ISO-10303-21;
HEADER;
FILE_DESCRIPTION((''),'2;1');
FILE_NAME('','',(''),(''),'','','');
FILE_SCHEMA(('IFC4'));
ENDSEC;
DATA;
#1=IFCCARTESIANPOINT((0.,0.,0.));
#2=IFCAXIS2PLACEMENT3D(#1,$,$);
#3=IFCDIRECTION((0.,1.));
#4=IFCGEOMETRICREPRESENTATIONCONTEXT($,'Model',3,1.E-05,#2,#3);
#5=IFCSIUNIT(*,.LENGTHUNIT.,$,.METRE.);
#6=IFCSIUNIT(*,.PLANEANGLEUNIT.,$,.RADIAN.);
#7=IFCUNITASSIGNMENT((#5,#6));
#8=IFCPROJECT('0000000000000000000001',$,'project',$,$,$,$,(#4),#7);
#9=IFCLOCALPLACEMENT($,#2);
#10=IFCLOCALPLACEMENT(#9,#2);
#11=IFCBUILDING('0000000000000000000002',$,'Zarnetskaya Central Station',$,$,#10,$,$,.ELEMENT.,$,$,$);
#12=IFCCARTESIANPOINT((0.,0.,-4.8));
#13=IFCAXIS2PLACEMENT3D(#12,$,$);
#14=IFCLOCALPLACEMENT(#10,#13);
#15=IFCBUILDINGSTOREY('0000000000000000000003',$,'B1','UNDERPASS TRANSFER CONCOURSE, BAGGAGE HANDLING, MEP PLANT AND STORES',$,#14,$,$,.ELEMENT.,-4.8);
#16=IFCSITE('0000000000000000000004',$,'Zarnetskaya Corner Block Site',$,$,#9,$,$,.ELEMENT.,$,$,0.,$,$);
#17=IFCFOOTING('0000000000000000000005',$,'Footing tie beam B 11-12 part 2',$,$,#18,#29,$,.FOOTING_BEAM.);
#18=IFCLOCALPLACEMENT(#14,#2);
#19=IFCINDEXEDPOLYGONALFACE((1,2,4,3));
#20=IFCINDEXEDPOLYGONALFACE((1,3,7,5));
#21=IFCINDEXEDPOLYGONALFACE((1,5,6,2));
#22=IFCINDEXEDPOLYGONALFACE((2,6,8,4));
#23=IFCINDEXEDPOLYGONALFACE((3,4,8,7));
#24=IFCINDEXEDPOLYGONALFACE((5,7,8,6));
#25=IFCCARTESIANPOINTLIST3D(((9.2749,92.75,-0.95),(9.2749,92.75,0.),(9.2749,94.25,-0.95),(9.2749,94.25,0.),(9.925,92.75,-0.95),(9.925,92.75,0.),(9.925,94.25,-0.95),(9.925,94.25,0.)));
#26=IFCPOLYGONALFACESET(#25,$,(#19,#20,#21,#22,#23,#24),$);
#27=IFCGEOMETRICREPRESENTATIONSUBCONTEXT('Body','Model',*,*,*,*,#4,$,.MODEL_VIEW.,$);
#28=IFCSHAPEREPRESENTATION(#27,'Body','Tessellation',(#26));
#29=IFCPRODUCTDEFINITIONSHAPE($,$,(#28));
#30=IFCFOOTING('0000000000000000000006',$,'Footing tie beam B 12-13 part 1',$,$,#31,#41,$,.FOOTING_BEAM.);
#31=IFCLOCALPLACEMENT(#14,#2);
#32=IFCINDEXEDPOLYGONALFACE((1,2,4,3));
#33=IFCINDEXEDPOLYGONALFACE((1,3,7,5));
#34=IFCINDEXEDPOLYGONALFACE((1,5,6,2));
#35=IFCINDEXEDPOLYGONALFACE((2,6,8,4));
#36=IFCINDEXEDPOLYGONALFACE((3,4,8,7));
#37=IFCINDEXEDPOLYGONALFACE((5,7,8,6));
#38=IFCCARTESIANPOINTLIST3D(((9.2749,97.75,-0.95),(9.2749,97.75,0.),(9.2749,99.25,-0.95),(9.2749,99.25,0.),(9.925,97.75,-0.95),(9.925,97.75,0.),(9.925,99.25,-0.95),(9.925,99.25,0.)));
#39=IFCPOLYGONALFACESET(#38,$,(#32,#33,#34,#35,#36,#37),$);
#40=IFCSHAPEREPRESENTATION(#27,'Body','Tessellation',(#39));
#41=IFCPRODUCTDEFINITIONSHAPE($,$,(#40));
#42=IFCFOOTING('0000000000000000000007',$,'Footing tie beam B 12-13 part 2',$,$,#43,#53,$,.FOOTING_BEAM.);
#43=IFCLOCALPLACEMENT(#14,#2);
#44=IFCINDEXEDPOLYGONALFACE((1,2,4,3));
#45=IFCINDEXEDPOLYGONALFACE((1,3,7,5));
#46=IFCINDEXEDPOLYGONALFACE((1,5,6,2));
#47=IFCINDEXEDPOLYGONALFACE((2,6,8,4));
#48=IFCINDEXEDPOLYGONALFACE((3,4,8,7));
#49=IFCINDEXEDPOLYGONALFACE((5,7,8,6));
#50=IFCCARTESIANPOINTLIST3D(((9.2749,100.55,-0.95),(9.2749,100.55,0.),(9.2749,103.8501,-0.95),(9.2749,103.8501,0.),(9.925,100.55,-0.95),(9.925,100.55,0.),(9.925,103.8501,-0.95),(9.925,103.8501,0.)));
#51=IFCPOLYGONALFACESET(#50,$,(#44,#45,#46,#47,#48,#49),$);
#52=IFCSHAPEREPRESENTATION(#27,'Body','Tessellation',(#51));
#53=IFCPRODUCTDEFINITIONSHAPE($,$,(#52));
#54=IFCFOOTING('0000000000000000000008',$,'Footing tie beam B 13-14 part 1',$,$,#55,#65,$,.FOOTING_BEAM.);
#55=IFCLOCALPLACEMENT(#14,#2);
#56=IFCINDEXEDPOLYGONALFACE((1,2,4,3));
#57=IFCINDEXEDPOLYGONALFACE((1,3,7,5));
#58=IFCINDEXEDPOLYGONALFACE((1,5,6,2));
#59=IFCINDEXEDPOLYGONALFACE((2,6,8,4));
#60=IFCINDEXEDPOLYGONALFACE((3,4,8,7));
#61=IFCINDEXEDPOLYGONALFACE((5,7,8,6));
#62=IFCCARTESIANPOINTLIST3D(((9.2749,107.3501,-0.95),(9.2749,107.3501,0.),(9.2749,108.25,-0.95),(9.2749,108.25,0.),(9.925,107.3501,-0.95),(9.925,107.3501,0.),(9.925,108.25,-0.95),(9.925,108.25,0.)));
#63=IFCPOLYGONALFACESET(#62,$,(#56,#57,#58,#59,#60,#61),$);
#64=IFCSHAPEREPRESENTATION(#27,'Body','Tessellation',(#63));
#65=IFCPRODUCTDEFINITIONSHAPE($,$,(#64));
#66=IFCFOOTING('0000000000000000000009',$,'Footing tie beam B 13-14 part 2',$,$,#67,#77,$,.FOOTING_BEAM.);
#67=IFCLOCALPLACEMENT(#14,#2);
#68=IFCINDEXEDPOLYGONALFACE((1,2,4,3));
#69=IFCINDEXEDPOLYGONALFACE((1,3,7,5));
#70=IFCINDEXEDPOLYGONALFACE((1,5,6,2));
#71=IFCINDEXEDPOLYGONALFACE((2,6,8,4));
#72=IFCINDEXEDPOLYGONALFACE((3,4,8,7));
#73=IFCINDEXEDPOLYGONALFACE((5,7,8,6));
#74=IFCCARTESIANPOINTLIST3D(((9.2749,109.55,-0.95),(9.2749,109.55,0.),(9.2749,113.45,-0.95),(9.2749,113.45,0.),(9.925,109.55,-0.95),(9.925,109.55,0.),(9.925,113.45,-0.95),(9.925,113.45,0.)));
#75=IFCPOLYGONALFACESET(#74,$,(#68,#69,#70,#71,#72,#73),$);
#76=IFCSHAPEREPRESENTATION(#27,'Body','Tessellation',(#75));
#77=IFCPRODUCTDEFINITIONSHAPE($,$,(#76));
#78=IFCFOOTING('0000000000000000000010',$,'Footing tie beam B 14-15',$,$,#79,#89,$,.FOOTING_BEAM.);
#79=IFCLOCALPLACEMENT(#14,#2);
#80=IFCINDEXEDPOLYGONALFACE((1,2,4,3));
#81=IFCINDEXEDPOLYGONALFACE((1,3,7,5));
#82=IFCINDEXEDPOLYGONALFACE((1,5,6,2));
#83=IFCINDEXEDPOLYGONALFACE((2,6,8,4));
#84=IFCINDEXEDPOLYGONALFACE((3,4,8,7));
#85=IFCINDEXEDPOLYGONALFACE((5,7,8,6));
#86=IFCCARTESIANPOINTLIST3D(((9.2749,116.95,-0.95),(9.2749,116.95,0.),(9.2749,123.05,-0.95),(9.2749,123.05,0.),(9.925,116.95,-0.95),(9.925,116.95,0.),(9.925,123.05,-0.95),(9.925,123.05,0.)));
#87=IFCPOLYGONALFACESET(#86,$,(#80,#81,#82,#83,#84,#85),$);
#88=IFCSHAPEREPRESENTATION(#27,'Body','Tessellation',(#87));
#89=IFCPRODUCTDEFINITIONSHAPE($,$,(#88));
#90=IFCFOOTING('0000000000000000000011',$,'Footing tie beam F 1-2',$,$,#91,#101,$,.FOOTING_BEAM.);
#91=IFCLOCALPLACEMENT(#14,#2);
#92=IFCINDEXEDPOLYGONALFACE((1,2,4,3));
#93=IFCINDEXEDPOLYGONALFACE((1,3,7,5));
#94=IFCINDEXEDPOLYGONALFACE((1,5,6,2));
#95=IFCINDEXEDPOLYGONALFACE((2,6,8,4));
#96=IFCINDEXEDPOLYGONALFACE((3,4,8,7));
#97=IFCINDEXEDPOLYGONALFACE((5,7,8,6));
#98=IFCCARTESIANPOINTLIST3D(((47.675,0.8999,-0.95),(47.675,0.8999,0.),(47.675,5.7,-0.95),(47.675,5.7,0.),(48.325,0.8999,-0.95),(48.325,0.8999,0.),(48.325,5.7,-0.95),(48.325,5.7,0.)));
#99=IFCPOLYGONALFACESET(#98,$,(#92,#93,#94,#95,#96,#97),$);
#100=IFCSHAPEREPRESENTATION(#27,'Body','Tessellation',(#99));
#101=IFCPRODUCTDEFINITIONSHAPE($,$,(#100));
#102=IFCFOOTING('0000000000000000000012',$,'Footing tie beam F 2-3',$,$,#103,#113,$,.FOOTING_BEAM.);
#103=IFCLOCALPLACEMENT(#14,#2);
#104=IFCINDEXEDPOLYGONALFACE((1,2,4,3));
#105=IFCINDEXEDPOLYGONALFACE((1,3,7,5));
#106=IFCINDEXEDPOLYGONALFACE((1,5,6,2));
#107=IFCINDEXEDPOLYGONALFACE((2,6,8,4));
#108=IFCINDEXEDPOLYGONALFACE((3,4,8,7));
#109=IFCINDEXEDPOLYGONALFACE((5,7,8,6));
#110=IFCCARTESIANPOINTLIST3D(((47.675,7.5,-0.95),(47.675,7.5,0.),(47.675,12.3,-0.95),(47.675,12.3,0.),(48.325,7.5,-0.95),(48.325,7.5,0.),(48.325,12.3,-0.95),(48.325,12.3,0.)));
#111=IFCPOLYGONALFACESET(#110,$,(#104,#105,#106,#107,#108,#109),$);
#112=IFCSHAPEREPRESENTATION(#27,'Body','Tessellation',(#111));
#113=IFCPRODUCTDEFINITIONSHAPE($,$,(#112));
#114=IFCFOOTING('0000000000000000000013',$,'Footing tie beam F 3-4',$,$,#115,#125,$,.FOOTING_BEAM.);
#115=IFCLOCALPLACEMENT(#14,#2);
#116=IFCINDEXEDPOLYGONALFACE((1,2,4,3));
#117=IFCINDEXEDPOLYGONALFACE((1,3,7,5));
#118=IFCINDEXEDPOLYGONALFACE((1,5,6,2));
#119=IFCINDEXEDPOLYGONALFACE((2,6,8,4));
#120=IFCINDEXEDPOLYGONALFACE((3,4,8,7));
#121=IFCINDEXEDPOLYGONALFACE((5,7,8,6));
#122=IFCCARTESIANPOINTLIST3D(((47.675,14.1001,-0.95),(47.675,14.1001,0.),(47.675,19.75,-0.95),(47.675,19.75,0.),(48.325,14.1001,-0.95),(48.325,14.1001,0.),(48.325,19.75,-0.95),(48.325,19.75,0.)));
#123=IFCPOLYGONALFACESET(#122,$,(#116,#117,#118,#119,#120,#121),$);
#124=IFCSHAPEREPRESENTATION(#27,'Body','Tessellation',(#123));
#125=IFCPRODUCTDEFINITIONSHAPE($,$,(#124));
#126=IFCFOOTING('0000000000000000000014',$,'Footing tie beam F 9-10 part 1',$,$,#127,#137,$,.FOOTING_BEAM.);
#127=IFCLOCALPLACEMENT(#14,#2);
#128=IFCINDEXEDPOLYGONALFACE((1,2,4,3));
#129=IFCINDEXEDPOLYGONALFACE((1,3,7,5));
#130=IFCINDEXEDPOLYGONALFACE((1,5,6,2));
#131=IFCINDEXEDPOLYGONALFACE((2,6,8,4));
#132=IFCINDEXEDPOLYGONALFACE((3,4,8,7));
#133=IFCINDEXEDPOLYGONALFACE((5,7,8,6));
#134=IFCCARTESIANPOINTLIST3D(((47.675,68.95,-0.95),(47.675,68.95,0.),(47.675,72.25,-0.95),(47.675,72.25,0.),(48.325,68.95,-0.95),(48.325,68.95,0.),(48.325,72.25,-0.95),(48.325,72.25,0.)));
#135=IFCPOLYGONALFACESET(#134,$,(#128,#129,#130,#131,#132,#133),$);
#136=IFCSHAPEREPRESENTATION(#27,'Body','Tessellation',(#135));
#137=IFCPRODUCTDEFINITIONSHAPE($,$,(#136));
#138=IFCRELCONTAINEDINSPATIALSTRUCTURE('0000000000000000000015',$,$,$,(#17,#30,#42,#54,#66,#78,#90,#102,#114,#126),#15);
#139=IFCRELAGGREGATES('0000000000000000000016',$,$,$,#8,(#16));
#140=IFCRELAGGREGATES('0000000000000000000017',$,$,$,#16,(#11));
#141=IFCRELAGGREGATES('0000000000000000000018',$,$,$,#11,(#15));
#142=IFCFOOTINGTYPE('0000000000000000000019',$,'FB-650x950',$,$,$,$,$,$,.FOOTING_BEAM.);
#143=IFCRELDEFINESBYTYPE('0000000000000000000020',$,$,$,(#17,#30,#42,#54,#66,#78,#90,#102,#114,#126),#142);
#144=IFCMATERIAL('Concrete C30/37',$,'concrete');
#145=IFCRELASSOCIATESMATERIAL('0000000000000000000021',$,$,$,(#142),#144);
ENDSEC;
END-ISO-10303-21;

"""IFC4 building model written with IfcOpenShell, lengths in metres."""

from ifc_helpers import new_model, si_unit, direction, frame, origin, place, context, subcontext, project, spatial, polyline, outline, extrude, material, type_object, element, save


model = new_model("IFC4")

# Units and contexts
model_context = context("Model", 3, precision=1e-05, world=origin(), true_north=direction((0.0, 1.0)))
body_context = subcontext(model_context, "Body", "Model", "MODEL_VIEW")
ifc_project = project(units=[si_unit("LENGTHUNIT", "METRE"), si_unit("PLANEANGLEUNIT", "RADIAN")], contexts=[model_context])

# Site, building, storey
site_placement = place(None, origin())
site = spatial("IfcSite", under=ifc_project, at=site_placement, Name="Zarnetskaya Corner Block Site", CompositionType="ELEMENT", RefElevation=0.0)
building_placement = place(site_placement, origin())
building = spatial("IfcBuilding", under=site, at=building_placement, Name="Zarnetskaya Central Station", CompositionType="ELEMENT")
storey_placement = place(building_placement, frame((0.0, 0.0, -4.8)))
storey = spatial("IfcBuildingStorey", under=building, at=storey_placement, Name="B1", Description="UNDERPASS TRANSFER CONCOURSE, BAGGAGE HANDLING, MEP PLANT AND STORES", CompositionType="ELEMENT", Elevation=-4.8)

# Footings
ifc_material = material(Name="Concrete C30/37", Category="concrete")
footing_type = type_object("IfcFootingType", Name="FB-650x950", PredefinedType="FOOTING_BEAM", material=ifc_material)
footing_1_placement = place(storey_placement, frame((0.0, 0.0, -0.95)))
element("IfcFooting", 1, at=footing_1_placement, inside=storey, type_object=footing_type, Name="Footing tie beam B 11-12 part 2", PredefinedType="FOOTING_BEAM", context=body_context, shape_type="SweptSolid", body=[
    extrude(outline(polyline([(9.2749, 92.75), (9.925, 92.75), (9.925, 94.25), (9.2749, 94.25), (9.2749, 92.75)])), origin(), (0.0, 0.0, 1.0), 0.95),
])
footing_2_placement = place(storey_placement, frame((0.0, 0.0, -0.95)))
element("IfcFooting", 2, at=footing_2_placement, inside=storey, type_object=footing_type, Name="Footing tie beam B 12-13 part 1", PredefinedType="FOOTING_BEAM", context=body_context, shape_type="SweptSolid", body=[
    extrude(outline(polyline([(9.2749, 97.75), (9.925, 97.75), (9.925, 99.25), (9.2749, 99.25), (9.2749, 97.75)])), origin(), (0.0, 0.0, 1.0), 0.95),
])
footing_3_placement = place(storey_placement, frame((0.0, 0.0, -0.95)))
element("IfcFooting", 3, at=footing_3_placement, inside=storey, type_object=footing_type, Name="Footing tie beam B 12-13 part 2", PredefinedType="FOOTING_BEAM", context=body_context, shape_type="SweptSolid", body=[
    extrude(outline(polyline([(9.2749, 100.55), (9.925, 100.55), (9.925, 103.8501), (9.2749, 103.8501), (9.2749, 100.55)])), origin(), (0.0, 0.0, 1.0), 0.95),
])
footing_4_placement = place(storey_placement, frame((0.0, 0.0, -0.95)))
element("IfcFooting", 4, at=footing_4_placement, inside=storey, type_object=footing_type, Name="Footing tie beam B 13-14 part 1", PredefinedType="FOOTING_BEAM", context=body_context, shape_type="SweptSolid", body=[
    extrude(outline(polyline([(9.2749, 107.3501), (9.925, 107.3501), (9.925, 108.25), (9.2749, 108.25), (9.2749, 107.3501)])), origin(), (0.0, 0.0, 1.0), 0.95),
])
footing_5_placement = place(storey_placement, frame((0.0, 0.0, -0.95)))
element("IfcFooting", 5, at=footing_5_placement, inside=storey, type_object=footing_type, Name="Footing tie beam B 13-14 part 2", PredefinedType="FOOTING_BEAM", context=body_context, shape_type="SweptSolid", body=[
    extrude(outline(polyline([(9.2749, 109.55), (9.925, 109.55), (9.925, 113.45), (9.2749, 113.45), (9.2749, 109.55)])), origin(), (0.0, 0.0, 1.0), 0.95),
])
footing_6_placement = place(storey_placement, frame((0.0, 0.0, -0.95)))
element("IfcFooting", 6, at=footing_6_placement, inside=storey, type_object=footing_type, Name="Footing tie beam B 14-15", PredefinedType="FOOTING_BEAM", context=body_context, shape_type="SweptSolid", body=[
    extrude(outline(polyline([(9.2749, 116.95), (9.925, 116.95), (9.925, 123.05), (9.2749, 123.05), (9.2749, 116.95)])), origin(), (0.0, 0.0, 1.0), 0.95),
])
footing_7_placement = place(storey_placement, frame((0.0, 0.0, -0.95)))
element("IfcFooting", 7, at=footing_7_placement, inside=storey, type_object=footing_type, Name="Footing tie beam F 1-2", PredefinedType="FOOTING_BEAM", context=body_context, shape_type="SweptSolid", body=[
    extrude(outline(polyline([(47.675, 0.8999), (48.325, 0.8999), (48.325, 5.7), (47.675, 5.7), (47.675, 0.8999)])), origin(), (0.0, 0.0, 1.0), 0.95),
])
footing_8_placement = place(storey_placement, frame((0.0, 0.0, -0.95)))
element("IfcFooting", 8, at=footing_8_placement, inside=storey, type_object=footing_type, Name="Footing tie beam F 2-3", PredefinedType="FOOTING_BEAM", context=body_context, shape_type="SweptSolid", body=[
    extrude(outline(polyline([(47.675, 7.5), (48.325, 7.5), (48.325, 12.3), (47.675, 12.3), (47.675, 7.5)])), origin(), (0.0, 0.0, 1.0), 0.95),
])
footing_9_placement = place(storey_placement, frame((0.0, 0.0, -0.95)))
element("IfcFooting", 9, at=footing_9_placement, inside=storey, type_object=footing_type, Name="Footing tie beam F 3-4", PredefinedType="FOOTING_BEAM", context=body_context, shape_type="SweptSolid", body=[
    extrude(outline(polyline([(47.675, 14.1001), (48.325, 14.1001), (48.325, 19.75), (47.675, 19.75), (47.675, 14.1001)])), origin(), (0.0, 0.0, 1.0), 0.95),
])
footing_10_placement = place(storey_placement, frame((0.0, 0.0, -0.95)))
element("IfcFooting", 10, at=footing_10_placement, inside=storey, type_object=footing_type, Name="Footing tie beam F 9-10 part 1", PredefinedType="FOOTING_BEAM", context=body_context, shape_type="SweptSolid", body=[
    extrude(outline(polyline([(47.675, 68.95), (48.325, 68.95), (48.325, 72.25), (47.675, 72.25), (47.675, 68.95)])), origin(), (0.0, 0.0, 1.0), 0.95),
])

save(model, "model.ifc")
